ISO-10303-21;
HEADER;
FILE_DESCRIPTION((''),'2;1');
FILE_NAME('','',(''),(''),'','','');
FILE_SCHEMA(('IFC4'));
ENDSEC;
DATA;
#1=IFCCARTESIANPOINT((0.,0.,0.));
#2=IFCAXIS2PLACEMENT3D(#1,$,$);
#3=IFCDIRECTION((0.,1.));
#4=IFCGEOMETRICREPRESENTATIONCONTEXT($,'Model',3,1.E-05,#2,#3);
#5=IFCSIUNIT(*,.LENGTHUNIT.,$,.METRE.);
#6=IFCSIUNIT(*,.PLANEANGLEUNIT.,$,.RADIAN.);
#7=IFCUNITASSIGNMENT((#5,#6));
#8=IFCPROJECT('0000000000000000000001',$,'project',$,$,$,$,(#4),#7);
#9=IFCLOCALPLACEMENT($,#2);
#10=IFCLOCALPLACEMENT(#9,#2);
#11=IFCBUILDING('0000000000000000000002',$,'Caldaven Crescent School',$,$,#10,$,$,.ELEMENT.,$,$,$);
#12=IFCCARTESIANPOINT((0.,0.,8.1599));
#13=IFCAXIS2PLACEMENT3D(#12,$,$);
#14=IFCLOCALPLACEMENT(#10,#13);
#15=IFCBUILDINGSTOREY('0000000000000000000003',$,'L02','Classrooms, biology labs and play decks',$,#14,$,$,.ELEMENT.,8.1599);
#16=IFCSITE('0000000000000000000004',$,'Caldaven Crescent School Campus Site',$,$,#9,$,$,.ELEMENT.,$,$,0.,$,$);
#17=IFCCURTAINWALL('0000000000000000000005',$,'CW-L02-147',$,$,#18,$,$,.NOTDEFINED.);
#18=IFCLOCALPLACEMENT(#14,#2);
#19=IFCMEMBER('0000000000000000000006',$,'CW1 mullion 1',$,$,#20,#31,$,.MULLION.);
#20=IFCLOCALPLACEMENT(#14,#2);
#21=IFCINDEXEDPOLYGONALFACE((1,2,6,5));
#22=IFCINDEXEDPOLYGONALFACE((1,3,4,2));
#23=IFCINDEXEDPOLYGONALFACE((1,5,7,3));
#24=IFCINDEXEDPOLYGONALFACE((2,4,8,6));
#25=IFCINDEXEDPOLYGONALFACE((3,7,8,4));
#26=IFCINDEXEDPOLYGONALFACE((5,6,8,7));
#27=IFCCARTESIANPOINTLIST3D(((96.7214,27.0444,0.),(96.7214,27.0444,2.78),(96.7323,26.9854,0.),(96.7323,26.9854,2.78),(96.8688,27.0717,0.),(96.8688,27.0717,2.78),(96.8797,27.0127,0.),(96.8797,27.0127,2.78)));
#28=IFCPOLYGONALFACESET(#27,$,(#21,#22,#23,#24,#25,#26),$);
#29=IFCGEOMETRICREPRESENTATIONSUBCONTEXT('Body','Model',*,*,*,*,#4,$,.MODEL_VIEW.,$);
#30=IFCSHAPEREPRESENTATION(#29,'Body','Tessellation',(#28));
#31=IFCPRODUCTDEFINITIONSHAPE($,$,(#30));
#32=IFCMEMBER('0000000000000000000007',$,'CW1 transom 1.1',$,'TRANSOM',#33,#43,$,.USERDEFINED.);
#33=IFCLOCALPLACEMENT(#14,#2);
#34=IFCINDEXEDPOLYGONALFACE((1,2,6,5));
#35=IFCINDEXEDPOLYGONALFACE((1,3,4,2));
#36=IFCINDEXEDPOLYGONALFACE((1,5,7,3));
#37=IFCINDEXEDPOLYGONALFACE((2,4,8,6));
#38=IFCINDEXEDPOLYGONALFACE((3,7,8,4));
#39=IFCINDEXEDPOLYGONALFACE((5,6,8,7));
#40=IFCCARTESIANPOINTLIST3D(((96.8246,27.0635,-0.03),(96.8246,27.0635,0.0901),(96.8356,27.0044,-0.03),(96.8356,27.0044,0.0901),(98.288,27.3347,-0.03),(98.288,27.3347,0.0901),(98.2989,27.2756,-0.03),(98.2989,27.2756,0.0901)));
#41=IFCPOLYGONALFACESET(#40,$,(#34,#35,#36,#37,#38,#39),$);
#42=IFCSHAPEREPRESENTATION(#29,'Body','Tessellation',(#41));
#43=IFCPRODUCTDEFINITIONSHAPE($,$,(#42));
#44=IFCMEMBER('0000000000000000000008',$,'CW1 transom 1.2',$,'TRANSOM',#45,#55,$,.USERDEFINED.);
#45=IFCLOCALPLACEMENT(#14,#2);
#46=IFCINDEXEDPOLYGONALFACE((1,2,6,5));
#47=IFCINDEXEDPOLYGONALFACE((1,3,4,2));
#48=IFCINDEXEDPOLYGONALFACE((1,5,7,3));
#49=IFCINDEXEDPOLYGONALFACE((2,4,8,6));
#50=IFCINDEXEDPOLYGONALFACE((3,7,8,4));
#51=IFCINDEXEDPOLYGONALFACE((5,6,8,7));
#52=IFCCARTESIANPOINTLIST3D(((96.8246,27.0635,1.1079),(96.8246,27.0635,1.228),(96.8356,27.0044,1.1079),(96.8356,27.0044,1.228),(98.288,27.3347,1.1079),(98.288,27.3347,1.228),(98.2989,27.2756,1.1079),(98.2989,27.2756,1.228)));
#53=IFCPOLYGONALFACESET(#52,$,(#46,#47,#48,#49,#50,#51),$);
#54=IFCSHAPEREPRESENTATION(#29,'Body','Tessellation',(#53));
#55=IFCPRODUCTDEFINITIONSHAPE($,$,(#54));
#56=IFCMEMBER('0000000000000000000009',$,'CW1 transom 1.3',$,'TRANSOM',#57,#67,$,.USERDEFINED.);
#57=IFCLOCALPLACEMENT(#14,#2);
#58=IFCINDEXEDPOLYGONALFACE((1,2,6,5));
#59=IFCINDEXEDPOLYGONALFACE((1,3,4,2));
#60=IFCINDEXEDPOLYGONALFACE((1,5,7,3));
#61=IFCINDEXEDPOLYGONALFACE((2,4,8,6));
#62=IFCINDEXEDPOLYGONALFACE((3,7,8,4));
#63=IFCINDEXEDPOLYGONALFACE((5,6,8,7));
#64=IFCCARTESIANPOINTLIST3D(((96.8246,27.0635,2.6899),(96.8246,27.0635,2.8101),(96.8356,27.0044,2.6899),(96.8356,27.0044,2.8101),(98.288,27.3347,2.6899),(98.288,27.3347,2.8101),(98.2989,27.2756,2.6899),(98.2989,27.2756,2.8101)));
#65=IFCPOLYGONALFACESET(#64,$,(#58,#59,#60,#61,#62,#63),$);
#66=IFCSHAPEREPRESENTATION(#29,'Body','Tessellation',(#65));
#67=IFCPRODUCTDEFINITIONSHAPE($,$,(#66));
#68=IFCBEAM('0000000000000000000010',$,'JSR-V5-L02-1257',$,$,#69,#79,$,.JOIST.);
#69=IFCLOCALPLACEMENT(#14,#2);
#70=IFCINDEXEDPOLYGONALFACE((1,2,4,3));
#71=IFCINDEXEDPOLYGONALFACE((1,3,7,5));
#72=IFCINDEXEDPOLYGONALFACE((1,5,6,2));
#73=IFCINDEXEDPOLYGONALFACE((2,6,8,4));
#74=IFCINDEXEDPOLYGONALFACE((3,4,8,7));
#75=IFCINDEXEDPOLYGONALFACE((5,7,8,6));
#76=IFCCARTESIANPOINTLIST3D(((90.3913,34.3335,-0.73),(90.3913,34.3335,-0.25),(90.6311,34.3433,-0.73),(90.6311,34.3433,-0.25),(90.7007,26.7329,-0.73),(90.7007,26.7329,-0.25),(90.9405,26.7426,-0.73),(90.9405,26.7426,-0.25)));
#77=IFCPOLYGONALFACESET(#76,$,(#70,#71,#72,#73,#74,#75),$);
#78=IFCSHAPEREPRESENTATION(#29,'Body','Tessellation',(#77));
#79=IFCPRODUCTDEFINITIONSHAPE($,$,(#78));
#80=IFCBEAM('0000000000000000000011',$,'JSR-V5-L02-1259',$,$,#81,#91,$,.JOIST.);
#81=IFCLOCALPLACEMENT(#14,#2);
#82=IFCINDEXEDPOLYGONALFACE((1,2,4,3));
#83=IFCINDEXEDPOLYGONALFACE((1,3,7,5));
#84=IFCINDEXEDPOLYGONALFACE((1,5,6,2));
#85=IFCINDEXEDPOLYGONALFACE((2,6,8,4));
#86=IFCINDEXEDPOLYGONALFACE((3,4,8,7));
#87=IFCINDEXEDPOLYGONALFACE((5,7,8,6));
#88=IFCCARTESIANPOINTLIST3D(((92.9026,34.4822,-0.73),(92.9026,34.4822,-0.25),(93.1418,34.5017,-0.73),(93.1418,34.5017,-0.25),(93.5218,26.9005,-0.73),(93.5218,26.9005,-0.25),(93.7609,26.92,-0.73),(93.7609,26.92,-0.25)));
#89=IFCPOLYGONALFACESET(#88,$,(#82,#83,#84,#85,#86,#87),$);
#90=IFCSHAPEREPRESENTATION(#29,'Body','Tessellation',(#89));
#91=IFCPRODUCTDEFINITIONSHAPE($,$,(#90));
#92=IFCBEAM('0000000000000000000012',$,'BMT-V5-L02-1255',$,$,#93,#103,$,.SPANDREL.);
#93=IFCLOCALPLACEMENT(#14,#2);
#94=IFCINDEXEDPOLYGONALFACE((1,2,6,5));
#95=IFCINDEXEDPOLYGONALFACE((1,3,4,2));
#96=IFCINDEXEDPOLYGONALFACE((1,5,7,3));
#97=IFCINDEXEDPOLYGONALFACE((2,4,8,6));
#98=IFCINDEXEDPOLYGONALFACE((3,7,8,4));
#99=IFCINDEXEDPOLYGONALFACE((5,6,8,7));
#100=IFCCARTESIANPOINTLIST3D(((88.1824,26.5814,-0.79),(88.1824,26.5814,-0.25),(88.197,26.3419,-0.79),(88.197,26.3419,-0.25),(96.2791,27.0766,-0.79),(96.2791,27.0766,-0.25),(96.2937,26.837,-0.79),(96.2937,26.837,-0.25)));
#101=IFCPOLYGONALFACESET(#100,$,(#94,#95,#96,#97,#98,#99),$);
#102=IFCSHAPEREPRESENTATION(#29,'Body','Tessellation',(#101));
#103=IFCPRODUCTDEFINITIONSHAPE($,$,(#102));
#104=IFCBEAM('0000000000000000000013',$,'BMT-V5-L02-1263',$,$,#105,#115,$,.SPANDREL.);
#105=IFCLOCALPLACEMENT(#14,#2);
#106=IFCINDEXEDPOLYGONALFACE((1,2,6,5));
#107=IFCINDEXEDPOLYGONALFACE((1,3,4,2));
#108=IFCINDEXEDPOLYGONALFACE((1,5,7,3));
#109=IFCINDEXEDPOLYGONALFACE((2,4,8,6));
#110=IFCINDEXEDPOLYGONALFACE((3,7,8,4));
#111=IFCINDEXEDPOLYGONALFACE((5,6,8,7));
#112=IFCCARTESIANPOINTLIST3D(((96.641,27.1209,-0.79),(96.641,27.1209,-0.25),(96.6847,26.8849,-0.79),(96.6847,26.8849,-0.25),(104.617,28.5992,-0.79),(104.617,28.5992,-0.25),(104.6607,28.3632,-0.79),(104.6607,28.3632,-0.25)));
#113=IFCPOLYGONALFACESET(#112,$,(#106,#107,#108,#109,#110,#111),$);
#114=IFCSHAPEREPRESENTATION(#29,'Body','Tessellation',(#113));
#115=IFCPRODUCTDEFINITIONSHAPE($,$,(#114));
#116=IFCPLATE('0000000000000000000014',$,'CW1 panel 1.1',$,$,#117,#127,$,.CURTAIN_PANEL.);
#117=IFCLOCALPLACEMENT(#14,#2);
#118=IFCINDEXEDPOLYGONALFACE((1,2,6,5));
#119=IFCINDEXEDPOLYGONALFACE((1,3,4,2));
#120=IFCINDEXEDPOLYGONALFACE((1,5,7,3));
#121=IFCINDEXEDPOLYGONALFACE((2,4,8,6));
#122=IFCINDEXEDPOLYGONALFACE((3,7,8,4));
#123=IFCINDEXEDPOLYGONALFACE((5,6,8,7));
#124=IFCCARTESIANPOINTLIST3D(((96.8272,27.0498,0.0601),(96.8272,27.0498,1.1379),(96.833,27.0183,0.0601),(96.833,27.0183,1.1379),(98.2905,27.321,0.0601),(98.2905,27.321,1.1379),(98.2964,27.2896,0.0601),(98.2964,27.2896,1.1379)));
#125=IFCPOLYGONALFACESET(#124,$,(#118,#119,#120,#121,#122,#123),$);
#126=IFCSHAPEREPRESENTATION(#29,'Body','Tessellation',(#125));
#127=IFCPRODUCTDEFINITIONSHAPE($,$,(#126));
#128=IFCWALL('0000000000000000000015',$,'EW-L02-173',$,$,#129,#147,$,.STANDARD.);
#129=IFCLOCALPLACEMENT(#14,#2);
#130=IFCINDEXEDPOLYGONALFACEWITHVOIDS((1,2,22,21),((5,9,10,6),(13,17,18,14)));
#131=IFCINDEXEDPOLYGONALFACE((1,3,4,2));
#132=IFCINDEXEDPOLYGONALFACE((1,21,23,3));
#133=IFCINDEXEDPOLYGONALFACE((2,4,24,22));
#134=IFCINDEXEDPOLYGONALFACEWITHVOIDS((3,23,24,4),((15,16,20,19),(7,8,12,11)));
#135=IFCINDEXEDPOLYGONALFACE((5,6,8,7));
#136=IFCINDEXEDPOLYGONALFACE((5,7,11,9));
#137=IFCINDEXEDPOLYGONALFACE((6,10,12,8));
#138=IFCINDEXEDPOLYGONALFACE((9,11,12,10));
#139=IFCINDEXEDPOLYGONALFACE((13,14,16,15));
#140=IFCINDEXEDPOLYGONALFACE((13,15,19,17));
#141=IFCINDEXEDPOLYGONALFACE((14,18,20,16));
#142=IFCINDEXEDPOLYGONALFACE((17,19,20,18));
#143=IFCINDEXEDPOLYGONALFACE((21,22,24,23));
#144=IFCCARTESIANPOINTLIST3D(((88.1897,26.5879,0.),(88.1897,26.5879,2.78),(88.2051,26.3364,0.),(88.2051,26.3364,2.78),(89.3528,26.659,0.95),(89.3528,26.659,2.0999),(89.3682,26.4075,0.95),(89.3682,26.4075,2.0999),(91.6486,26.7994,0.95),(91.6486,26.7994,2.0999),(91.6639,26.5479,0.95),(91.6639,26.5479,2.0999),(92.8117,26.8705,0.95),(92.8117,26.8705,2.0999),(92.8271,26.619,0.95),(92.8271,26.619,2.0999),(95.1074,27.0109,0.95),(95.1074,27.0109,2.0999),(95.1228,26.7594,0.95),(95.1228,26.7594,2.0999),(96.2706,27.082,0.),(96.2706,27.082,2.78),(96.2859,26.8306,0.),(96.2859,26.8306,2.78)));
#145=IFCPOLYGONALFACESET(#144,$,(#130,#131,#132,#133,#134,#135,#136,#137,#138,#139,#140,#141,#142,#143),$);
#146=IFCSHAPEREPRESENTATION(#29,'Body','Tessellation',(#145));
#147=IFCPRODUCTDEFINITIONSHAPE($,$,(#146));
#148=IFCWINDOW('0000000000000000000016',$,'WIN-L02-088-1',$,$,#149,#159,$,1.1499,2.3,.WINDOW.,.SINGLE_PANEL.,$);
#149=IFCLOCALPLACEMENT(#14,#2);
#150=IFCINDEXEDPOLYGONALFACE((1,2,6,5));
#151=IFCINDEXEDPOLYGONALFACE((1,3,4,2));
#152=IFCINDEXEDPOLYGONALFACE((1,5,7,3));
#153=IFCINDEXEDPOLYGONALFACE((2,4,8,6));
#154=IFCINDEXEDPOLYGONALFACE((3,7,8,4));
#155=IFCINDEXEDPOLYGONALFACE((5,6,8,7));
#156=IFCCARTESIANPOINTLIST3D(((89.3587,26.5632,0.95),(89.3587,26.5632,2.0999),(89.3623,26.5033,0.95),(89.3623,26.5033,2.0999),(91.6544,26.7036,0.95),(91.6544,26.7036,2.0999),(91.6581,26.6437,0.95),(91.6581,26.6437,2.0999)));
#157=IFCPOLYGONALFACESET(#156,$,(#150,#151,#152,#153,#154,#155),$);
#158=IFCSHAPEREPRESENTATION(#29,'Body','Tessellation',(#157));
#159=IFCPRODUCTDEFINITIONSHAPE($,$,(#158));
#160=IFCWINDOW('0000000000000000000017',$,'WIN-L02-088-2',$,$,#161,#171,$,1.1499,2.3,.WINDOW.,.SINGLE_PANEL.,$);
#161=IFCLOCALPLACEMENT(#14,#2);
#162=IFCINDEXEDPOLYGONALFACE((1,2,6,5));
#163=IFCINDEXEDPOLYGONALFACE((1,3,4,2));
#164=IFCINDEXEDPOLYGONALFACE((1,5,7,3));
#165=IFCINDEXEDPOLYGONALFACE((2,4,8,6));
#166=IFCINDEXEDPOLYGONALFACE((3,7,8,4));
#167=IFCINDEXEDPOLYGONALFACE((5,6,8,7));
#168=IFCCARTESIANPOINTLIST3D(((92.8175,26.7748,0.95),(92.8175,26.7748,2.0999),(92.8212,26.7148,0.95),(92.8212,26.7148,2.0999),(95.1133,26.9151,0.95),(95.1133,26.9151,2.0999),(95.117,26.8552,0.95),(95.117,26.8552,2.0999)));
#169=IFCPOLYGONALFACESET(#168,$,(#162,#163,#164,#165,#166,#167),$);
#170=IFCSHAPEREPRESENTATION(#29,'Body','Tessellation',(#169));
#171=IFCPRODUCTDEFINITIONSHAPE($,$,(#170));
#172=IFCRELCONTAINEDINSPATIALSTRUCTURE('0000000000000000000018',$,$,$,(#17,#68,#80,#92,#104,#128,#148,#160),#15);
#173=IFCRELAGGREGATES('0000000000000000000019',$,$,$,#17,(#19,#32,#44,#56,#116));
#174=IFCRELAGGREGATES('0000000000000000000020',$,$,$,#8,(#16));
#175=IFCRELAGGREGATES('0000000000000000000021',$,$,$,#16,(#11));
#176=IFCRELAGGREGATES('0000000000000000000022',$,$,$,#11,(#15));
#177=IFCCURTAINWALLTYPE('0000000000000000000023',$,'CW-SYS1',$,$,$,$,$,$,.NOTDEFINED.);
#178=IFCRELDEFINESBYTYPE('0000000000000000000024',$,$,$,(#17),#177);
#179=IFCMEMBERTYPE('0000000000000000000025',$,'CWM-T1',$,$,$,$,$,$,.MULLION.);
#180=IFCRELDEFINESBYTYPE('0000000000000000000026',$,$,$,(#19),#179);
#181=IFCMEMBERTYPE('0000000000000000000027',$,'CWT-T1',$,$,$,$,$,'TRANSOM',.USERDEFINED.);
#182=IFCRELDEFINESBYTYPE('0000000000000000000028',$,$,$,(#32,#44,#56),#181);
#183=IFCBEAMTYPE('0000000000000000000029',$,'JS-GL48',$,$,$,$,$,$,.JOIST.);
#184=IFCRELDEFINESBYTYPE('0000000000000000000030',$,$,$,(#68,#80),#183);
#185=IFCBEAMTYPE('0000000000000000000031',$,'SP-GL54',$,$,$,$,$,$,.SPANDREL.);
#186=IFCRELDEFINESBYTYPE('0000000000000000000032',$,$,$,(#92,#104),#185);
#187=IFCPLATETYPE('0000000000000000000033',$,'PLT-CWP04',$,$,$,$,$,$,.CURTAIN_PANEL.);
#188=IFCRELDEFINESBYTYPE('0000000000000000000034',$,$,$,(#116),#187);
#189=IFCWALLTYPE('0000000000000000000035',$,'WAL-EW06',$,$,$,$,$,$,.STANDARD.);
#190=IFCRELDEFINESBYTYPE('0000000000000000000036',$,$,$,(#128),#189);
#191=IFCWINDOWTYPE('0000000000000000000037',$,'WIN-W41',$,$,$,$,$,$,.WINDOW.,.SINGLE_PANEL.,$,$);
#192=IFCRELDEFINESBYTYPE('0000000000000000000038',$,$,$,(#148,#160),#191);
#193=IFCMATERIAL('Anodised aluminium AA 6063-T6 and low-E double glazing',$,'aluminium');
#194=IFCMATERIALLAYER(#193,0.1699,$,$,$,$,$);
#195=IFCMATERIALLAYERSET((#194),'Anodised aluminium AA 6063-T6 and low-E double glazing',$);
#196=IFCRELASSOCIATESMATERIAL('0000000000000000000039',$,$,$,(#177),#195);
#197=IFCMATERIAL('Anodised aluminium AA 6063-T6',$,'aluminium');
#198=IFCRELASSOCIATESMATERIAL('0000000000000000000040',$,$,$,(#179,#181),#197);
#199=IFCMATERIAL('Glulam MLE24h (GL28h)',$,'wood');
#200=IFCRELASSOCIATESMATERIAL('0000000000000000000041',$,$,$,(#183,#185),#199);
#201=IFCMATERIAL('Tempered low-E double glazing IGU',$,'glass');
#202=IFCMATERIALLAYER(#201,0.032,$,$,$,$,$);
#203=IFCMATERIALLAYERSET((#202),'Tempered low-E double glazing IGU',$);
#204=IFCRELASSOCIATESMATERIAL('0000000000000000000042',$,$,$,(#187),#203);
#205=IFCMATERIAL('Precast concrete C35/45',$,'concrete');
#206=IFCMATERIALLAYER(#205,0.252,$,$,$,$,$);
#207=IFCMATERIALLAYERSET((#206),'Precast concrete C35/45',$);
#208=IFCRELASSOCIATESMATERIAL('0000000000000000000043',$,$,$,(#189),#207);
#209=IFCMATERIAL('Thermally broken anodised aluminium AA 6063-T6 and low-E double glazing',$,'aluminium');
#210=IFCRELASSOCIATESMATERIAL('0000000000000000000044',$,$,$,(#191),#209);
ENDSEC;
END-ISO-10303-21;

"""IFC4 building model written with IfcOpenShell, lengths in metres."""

from ifc_helpers import new_model, si_unit, direction, frame, frame_2d, origin, origin_2d, place, context, subcontext, project, spatial, rectangle, extrude, material, layer, layer_set, material_profile, profile_set, type_object, element, fill, aggregate, save


model = new_model("IFC4")

# Units and contexts
model_context = context("Model", 3, precision=1e-05, world=origin(), true_north=direction((0.0, 1.0)))
body_context = subcontext(model_context, "Body", "Model", "MODEL_VIEW")
ifc_project = project(units=[si_unit("LENGTHUNIT", "METRE"), si_unit("PLANEANGLEUNIT", "RADIAN")], contexts=[model_context])

# Site, building, storey
site_placement = place(None, origin())
site = spatial("IfcSite", under=ifc_project, at=site_placement, Name="Caldaven Crescent School Campus Site", CompositionType="ELEMENT", RefElevation=0.0)
building_placement = place(site_placement, origin())
building = spatial("IfcBuilding", under=site, at=building_placement, Name="Caldaven Crescent School", CompositionType="ELEMENT")
storey_placement = place(building_placement, frame((0.0, 0.0, 8.1599)))
storey = spatial("IfcBuildingStorey", under=building, at=storey_placement, Name="L02", Description="Classrooms, biology labs and play decks", CompositionType="ELEMENT", Elevation=8.1599)

# Shared definitions
ifc_material_1 = material(Name="Glulam MLE24h (GL28h)", Category="wood")

# Curtain wall, members
ifc_material_2 = material(Name="Anodised aluminium AA 6063-T6 and low-E double glazing", Category="aluminium")
ifc_layer_1 = layer(ifc_material_2, 0.1699)
ifc_layer_set_1 = layer_set([ifc_layer_1], Name="Anodised aluminium AA 6063-T6 and low-E double glazing")
curtain_wall_type = type_object("IfcCurtainWallType", Name="CW-SYS1", PredefinedType="NOTDEFINED", material=ifc_layer_set_1)
curtain_wall_placement = place(storey_placement, origin())
curtain_wall = element("IfcCurtainWall", 1, at=curtain_wall_placement, inside=storey, type_object=curtain_wall_type, Name="CW-L02-147", PredefinedType="NOTDEFINED")
ifc_material_3 = material(Name="Anodised aluminium AA 6063-T6", Category="aluminium")
ifc_material_profile_1 = material_profile(ifc_material_3, rectangle(XDim=0.0601, YDim=0.1499, at=origin_2d()), Name="CWM 60x150")
ifc_profile_set_1 = profile_set([ifc_material_profile_1], Name="Anodised aluminium AA 6063-T6")
member_type_1 = type_object("IfcMemberType", Name="CWM-T1", PredefinedType="MULLION", material=ifc_profile_set_1)
member_1_placement = place(storey_placement, frame((96.8005, 27.0286, 0.0), z_axis=(0.0, 0.0, 1.0), x_axis=(-0.182235, 0.983255, 0.0)))
member_1 = element("IfcMember", 2, at=member_1_placement, type_object=member_type_1, Name="CW1 mullion 1", PredefinedType="MULLION", context=body_context, shape_type="SweptSolid", body=[
    extrude(rectangle(XDim=0.0601, YDim=0.1499, at=origin_2d()), origin(), (0.0, 0.0, 1.0), 2.78),
])
ifc_material_profile_2 = material_profile(ifc_material_3, rectangle(XDim=0.0601, YDim=0.1201, at=origin_2d()), Name="CWT 60x120")
ifc_profile_set_2 = profile_set([ifc_material_profile_2], Name="Anodised aluminium AA 6063-T6")
member_type_2 = type_object("IfcMemberType", Name="CWT-T1", ElementType="TRANSOM", PredefinedType="USERDEFINED", material=ifc_profile_set_2)
member_2_placement = place(storey_placement, frame((96.8301, 27.0339, 0.03), z_axis=(0.983253, 0.182248, 0.0), x_axis=(-0.182248, 0.983253, 0.0)))
member_2 = element("IfcMember", 3, at=member_2_placement, type_object=member_type_2, Name="CW1 transom 1.1", ObjectType="TRANSOM", PredefinedType="USERDEFINED", context=body_context, shape_type="SweptSolid", body=[
    extrude(rectangle(XDim=0.0601, YDim=0.1201, at=origin_2d()), origin(), (0.0, 0.0, 1.0), 1.4883),
])
member_3_placement = place(storey_placement, frame((96.8301, 27.0339, 1.168), z_axis=(0.983253, 0.182248, 0.0), x_axis=(-0.182248, 0.983253, 0.0)))
member_3 = element("IfcMember", 4, at=member_3_placement, type_object=member_type_2, Name="CW1 transom 1.2", ObjectType="TRANSOM", PredefinedType="USERDEFINED", context=body_context, shape_type="SweptSolid", body=[
    extrude(rectangle(XDim=0.0601, YDim=0.1201, at=origin_2d()), origin(), (0.0, 0.0, 1.0), 1.4883),
])
member_4_placement = place(storey_placement, frame((96.8301, 27.0339, 2.75), z_axis=(0.983253, 0.182248, 0.0), x_axis=(-0.182248, 0.983253, 0.0)))
member_4 = element("IfcMember", 5, at=member_4_placement, type_object=member_type_2, Name="CW1 transom 1.3", ObjectType="TRANSOM", PredefinedType="USERDEFINED", context=body_context, shape_type="SweptSolid", body=[
    extrude(rectangle(XDim=0.0601, YDim=0.1201, at=origin_2d()), origin(), (0.0, 0.0, 1.0), 1.4883),
])

# Beams
ifc_material_profile_3 = material_profile(ifc_material_1, rectangle(XDim=0.24, YDim=0.48, at=origin_2d()), Name="MLE 240x480")
ifc_profile_set_3 = profile_set([ifc_material_profile_3], Name="Glulam MLE24h (GL28h)")
beam_type_1 = type_object("IfcBeamType", Name="JS-GL48", PredefinedType="JOIST", material=ifc_profile_set_3)
for number, where, z_axis, x_axis, name in (
    (6, (90.5112, 34.3384, -0.49), (0.040664, -0.999173, 0.0), (0.999173, 0.040664, 0.0), "JSR-V5-L02-1257"),
    (7, (93.0222, 34.4919, -0.49), (0.081391, -0.996682, 0.0), (0.996682, 0.081391, 0.0), "JSR-V5-L02-1259"),
):
    element("IfcBeam", number, at=place(storey_placement, frame(where, z_axis=z_axis, x_axis=x_axis)), inside=storey, type_object=beam_type_1, Name=name, PredefinedType="JOIST", context=body_context, shape_type="SweptSolid", body=[
        extrude(rectangle(XDim=0.24, YDim=0.48, at=origin_2d()), origin(), (0.0, 0.0, 1.0), 7.6069),
    ])
ifc_material_profile_4 = material_profile(ifc_material_1, rectangle(XDim=0.24, YDim=0.54, at=origin_2d()), Name="MLE 240x540")
ifc_profile_set_4 = profile_set([ifc_material_profile_4], Name="Glulam MLE24h (GL28h)")
beam_type_2 = type_object("IfcBeamType", Name="SP-GL54", PredefinedType="SPANDREL", material=ifc_profile_set_4)
for number, where, z_axis, x_axis, name in (
    (8, (88.1897, 26.4617, -0.52), (0.998136, 0.061037, 0.0), (-0.061037, 0.998136, 0.0), "BMT-V5-L02-1255"),
    (9, (96.6628, 27.0029, -0.52), (0.983255, 0.182235, 0.0), (-0.182235, 0.983255, 0.0), "BMT-V5-L02-1263"),
):
    element("IfcBeam", number, at=place(storey_placement, frame(where, z_axis=z_axis, x_axis=x_axis)), inside=storey, type_object=beam_type_2, Name=name, PredefinedType="SPANDREL", context=body_context, shape_type="SweptSolid", body=[
        extrude(rectangle(XDim=0.24, YDim=0.54, at=origin_2d()), origin(), (0.0, 0.0, 1.0), 8.1118),
    ])

# Plate
ifc_material_4 = material(Name="Tempered low-E double glazing IGU", Category="glass")
ifc_layer_2 = layer(ifc_material_4, 0.032)
ifc_layer_set_2 = layer_set([ifc_layer_2], Name="Tempered low-E double glazing IGU")
plate_type = type_object("IfcPlateType", Name="PLT-CWP04", PredefinedType="CURTAIN_PANEL", material=ifc_layer_set_2)
plate_placement = place(storey_placement, frame((97.5618, 27.1697, 0.0601), z_axis=(0.0, 0.0, 1.0), x_axis=(0.983255, 0.182235, 0.0)))
plate = element("IfcPlate", 10, at=plate_placement, type_object=plate_type, Name="CW1 panel 1.1", PredefinedType="CURTAIN_PANEL", context=body_context, shape_type="SweptSolid", body=[
    extrude(rectangle(XDim=1.4883, YDim=0.032, at=origin_2d()), origin(), (0.0, 0.0, 1.0), 1.0779),
])
aggregate(curtain_wall, [member_1, member_2, member_3, member_4, plate])

# Wall, openings, windows
ifc_material_5 = material(Name="Precast concrete C35/45", Category="concrete")
ifc_layer_3 = layer(ifc_material_5, 0.252)
ifc_layer_set_3 = layer_set([ifc_layer_3], Name="Precast concrete C35/45")
wall_type_1 = type_object("IfcWallType", Name="WAL-EW06", PredefinedType="STANDARD", material=ifc_layer_set_3)
wall_1_placement = place(storey_placement, frame((88.1975, 26.4622, 0.0), z_axis=(0.0, 0.0, 1.0), x_axis=(0.998136, 0.061036, 0.0)))
wall_1 = element("IfcWall", 11, at=wall_1_placement, inside=storey, type_object=wall_type_1, Name="EW-L02-173", PredefinedType="STANDARD", context=body_context, shape_type="SweptSolid", body=[
    extrude(rectangle(XDim=8.0959, YDim=0.252, at=frame_2d((4.0479, 0.0))), origin(), (0.0, 0.0, 1.0), 2.78),
])
opening_1_placement = place(wall_1_placement, frame((1.1653, 0.0, 0.95)))
opening_1 = element("IfcOpeningElement", 12, at=opening_1_placement, cuts=wall_1, PredefinedType="OPENING", context=body_context, shape_type="SweptSolid", body=[
    extrude(rectangle(XDim=2.3, YDim=1.1499, at=frame_2d((1.1499, 0.575))), frame((0.0, 0.136, 0.0), z_axis=(0.0, -1.0, 0.0), x_axis=(1.0, 0.0, 0.0)), (0.0, 0.0, 1.0), 0.272),
])
opening_2_placement = place(wall_1_placement, frame((4.6306, 0.0, 0.95)))
opening_2 = element("IfcOpeningElement", 13, at=opening_2_placement, cuts=wall_1, PredefinedType="OPENING", context=body_context, shape_type="SweptSolid", body=[
    extrude(rectangle(XDim=2.3, YDim=1.1499, at=frame_2d((1.1499, 0.575))), frame((0.0, 0.136, 0.0), z_axis=(0.0, -1.0, 0.0), x_axis=(1.0, 0.0, 0.0)), (0.0, 0.0, 1.0), 0.272),
])
ifc_material_6 = material(Name="Thermally broken anodised aluminium AA 6063-T6 and low-E double glazing", Category="aluminium")
window_type = type_object("IfcWindowType", Name="WIN-W41", PartitioningType="SINGLE_PANEL", PredefinedType="WINDOW", material=ifc_material_6)
window_1_placement = place(opening_1_placement, origin())
window_1 = element("IfcWindow", 14, at=window_1_placement, inside=storey, type_object=window_type, Name="WIN-L02-088-1", OverallHeight=1.1499, OverallWidth=2.3, PartitioningType="SINGLE_PANEL", PredefinedType="WINDOW", context=body_context, shape_type="SweptSolid", body=[
    extrude(rectangle(XDim=2.3, YDim=1.1499, at=frame_2d((1.1499, 0.575))), frame((0.0, 0.03, 0.0), z_axis=(0.0, -1.0, 0.0), x_axis=(1.0, 0.0, 0.0)), (0.0, 0.0, 1.0), 0.0601),
])
fill(opening_1, window_1)
window_2_placement = place(opening_2_placement, origin())
window_2 = element("IfcWindow", 15, at=window_2_placement, inside=storey, type_object=window_type, Name="WIN-L02-088-2", OverallHeight=1.1499, OverallWidth=2.3, PartitioningType="SINGLE_PANEL", PredefinedType="WINDOW", context=body_context, shape_type="SweptSolid", body=[
    extrude(rectangle(XDim=2.3, YDim=1.1499, at=frame_2d((1.1499, 0.575))), frame((0.0, 0.03, 0.0), z_axis=(0.0, -1.0, 0.0), x_axis=(1.0, 0.0, 0.0)), (0.0, 0.0, 1.0), 0.0601),
])
fill(opening_2, window_2)

save(model, "model.ifc")
